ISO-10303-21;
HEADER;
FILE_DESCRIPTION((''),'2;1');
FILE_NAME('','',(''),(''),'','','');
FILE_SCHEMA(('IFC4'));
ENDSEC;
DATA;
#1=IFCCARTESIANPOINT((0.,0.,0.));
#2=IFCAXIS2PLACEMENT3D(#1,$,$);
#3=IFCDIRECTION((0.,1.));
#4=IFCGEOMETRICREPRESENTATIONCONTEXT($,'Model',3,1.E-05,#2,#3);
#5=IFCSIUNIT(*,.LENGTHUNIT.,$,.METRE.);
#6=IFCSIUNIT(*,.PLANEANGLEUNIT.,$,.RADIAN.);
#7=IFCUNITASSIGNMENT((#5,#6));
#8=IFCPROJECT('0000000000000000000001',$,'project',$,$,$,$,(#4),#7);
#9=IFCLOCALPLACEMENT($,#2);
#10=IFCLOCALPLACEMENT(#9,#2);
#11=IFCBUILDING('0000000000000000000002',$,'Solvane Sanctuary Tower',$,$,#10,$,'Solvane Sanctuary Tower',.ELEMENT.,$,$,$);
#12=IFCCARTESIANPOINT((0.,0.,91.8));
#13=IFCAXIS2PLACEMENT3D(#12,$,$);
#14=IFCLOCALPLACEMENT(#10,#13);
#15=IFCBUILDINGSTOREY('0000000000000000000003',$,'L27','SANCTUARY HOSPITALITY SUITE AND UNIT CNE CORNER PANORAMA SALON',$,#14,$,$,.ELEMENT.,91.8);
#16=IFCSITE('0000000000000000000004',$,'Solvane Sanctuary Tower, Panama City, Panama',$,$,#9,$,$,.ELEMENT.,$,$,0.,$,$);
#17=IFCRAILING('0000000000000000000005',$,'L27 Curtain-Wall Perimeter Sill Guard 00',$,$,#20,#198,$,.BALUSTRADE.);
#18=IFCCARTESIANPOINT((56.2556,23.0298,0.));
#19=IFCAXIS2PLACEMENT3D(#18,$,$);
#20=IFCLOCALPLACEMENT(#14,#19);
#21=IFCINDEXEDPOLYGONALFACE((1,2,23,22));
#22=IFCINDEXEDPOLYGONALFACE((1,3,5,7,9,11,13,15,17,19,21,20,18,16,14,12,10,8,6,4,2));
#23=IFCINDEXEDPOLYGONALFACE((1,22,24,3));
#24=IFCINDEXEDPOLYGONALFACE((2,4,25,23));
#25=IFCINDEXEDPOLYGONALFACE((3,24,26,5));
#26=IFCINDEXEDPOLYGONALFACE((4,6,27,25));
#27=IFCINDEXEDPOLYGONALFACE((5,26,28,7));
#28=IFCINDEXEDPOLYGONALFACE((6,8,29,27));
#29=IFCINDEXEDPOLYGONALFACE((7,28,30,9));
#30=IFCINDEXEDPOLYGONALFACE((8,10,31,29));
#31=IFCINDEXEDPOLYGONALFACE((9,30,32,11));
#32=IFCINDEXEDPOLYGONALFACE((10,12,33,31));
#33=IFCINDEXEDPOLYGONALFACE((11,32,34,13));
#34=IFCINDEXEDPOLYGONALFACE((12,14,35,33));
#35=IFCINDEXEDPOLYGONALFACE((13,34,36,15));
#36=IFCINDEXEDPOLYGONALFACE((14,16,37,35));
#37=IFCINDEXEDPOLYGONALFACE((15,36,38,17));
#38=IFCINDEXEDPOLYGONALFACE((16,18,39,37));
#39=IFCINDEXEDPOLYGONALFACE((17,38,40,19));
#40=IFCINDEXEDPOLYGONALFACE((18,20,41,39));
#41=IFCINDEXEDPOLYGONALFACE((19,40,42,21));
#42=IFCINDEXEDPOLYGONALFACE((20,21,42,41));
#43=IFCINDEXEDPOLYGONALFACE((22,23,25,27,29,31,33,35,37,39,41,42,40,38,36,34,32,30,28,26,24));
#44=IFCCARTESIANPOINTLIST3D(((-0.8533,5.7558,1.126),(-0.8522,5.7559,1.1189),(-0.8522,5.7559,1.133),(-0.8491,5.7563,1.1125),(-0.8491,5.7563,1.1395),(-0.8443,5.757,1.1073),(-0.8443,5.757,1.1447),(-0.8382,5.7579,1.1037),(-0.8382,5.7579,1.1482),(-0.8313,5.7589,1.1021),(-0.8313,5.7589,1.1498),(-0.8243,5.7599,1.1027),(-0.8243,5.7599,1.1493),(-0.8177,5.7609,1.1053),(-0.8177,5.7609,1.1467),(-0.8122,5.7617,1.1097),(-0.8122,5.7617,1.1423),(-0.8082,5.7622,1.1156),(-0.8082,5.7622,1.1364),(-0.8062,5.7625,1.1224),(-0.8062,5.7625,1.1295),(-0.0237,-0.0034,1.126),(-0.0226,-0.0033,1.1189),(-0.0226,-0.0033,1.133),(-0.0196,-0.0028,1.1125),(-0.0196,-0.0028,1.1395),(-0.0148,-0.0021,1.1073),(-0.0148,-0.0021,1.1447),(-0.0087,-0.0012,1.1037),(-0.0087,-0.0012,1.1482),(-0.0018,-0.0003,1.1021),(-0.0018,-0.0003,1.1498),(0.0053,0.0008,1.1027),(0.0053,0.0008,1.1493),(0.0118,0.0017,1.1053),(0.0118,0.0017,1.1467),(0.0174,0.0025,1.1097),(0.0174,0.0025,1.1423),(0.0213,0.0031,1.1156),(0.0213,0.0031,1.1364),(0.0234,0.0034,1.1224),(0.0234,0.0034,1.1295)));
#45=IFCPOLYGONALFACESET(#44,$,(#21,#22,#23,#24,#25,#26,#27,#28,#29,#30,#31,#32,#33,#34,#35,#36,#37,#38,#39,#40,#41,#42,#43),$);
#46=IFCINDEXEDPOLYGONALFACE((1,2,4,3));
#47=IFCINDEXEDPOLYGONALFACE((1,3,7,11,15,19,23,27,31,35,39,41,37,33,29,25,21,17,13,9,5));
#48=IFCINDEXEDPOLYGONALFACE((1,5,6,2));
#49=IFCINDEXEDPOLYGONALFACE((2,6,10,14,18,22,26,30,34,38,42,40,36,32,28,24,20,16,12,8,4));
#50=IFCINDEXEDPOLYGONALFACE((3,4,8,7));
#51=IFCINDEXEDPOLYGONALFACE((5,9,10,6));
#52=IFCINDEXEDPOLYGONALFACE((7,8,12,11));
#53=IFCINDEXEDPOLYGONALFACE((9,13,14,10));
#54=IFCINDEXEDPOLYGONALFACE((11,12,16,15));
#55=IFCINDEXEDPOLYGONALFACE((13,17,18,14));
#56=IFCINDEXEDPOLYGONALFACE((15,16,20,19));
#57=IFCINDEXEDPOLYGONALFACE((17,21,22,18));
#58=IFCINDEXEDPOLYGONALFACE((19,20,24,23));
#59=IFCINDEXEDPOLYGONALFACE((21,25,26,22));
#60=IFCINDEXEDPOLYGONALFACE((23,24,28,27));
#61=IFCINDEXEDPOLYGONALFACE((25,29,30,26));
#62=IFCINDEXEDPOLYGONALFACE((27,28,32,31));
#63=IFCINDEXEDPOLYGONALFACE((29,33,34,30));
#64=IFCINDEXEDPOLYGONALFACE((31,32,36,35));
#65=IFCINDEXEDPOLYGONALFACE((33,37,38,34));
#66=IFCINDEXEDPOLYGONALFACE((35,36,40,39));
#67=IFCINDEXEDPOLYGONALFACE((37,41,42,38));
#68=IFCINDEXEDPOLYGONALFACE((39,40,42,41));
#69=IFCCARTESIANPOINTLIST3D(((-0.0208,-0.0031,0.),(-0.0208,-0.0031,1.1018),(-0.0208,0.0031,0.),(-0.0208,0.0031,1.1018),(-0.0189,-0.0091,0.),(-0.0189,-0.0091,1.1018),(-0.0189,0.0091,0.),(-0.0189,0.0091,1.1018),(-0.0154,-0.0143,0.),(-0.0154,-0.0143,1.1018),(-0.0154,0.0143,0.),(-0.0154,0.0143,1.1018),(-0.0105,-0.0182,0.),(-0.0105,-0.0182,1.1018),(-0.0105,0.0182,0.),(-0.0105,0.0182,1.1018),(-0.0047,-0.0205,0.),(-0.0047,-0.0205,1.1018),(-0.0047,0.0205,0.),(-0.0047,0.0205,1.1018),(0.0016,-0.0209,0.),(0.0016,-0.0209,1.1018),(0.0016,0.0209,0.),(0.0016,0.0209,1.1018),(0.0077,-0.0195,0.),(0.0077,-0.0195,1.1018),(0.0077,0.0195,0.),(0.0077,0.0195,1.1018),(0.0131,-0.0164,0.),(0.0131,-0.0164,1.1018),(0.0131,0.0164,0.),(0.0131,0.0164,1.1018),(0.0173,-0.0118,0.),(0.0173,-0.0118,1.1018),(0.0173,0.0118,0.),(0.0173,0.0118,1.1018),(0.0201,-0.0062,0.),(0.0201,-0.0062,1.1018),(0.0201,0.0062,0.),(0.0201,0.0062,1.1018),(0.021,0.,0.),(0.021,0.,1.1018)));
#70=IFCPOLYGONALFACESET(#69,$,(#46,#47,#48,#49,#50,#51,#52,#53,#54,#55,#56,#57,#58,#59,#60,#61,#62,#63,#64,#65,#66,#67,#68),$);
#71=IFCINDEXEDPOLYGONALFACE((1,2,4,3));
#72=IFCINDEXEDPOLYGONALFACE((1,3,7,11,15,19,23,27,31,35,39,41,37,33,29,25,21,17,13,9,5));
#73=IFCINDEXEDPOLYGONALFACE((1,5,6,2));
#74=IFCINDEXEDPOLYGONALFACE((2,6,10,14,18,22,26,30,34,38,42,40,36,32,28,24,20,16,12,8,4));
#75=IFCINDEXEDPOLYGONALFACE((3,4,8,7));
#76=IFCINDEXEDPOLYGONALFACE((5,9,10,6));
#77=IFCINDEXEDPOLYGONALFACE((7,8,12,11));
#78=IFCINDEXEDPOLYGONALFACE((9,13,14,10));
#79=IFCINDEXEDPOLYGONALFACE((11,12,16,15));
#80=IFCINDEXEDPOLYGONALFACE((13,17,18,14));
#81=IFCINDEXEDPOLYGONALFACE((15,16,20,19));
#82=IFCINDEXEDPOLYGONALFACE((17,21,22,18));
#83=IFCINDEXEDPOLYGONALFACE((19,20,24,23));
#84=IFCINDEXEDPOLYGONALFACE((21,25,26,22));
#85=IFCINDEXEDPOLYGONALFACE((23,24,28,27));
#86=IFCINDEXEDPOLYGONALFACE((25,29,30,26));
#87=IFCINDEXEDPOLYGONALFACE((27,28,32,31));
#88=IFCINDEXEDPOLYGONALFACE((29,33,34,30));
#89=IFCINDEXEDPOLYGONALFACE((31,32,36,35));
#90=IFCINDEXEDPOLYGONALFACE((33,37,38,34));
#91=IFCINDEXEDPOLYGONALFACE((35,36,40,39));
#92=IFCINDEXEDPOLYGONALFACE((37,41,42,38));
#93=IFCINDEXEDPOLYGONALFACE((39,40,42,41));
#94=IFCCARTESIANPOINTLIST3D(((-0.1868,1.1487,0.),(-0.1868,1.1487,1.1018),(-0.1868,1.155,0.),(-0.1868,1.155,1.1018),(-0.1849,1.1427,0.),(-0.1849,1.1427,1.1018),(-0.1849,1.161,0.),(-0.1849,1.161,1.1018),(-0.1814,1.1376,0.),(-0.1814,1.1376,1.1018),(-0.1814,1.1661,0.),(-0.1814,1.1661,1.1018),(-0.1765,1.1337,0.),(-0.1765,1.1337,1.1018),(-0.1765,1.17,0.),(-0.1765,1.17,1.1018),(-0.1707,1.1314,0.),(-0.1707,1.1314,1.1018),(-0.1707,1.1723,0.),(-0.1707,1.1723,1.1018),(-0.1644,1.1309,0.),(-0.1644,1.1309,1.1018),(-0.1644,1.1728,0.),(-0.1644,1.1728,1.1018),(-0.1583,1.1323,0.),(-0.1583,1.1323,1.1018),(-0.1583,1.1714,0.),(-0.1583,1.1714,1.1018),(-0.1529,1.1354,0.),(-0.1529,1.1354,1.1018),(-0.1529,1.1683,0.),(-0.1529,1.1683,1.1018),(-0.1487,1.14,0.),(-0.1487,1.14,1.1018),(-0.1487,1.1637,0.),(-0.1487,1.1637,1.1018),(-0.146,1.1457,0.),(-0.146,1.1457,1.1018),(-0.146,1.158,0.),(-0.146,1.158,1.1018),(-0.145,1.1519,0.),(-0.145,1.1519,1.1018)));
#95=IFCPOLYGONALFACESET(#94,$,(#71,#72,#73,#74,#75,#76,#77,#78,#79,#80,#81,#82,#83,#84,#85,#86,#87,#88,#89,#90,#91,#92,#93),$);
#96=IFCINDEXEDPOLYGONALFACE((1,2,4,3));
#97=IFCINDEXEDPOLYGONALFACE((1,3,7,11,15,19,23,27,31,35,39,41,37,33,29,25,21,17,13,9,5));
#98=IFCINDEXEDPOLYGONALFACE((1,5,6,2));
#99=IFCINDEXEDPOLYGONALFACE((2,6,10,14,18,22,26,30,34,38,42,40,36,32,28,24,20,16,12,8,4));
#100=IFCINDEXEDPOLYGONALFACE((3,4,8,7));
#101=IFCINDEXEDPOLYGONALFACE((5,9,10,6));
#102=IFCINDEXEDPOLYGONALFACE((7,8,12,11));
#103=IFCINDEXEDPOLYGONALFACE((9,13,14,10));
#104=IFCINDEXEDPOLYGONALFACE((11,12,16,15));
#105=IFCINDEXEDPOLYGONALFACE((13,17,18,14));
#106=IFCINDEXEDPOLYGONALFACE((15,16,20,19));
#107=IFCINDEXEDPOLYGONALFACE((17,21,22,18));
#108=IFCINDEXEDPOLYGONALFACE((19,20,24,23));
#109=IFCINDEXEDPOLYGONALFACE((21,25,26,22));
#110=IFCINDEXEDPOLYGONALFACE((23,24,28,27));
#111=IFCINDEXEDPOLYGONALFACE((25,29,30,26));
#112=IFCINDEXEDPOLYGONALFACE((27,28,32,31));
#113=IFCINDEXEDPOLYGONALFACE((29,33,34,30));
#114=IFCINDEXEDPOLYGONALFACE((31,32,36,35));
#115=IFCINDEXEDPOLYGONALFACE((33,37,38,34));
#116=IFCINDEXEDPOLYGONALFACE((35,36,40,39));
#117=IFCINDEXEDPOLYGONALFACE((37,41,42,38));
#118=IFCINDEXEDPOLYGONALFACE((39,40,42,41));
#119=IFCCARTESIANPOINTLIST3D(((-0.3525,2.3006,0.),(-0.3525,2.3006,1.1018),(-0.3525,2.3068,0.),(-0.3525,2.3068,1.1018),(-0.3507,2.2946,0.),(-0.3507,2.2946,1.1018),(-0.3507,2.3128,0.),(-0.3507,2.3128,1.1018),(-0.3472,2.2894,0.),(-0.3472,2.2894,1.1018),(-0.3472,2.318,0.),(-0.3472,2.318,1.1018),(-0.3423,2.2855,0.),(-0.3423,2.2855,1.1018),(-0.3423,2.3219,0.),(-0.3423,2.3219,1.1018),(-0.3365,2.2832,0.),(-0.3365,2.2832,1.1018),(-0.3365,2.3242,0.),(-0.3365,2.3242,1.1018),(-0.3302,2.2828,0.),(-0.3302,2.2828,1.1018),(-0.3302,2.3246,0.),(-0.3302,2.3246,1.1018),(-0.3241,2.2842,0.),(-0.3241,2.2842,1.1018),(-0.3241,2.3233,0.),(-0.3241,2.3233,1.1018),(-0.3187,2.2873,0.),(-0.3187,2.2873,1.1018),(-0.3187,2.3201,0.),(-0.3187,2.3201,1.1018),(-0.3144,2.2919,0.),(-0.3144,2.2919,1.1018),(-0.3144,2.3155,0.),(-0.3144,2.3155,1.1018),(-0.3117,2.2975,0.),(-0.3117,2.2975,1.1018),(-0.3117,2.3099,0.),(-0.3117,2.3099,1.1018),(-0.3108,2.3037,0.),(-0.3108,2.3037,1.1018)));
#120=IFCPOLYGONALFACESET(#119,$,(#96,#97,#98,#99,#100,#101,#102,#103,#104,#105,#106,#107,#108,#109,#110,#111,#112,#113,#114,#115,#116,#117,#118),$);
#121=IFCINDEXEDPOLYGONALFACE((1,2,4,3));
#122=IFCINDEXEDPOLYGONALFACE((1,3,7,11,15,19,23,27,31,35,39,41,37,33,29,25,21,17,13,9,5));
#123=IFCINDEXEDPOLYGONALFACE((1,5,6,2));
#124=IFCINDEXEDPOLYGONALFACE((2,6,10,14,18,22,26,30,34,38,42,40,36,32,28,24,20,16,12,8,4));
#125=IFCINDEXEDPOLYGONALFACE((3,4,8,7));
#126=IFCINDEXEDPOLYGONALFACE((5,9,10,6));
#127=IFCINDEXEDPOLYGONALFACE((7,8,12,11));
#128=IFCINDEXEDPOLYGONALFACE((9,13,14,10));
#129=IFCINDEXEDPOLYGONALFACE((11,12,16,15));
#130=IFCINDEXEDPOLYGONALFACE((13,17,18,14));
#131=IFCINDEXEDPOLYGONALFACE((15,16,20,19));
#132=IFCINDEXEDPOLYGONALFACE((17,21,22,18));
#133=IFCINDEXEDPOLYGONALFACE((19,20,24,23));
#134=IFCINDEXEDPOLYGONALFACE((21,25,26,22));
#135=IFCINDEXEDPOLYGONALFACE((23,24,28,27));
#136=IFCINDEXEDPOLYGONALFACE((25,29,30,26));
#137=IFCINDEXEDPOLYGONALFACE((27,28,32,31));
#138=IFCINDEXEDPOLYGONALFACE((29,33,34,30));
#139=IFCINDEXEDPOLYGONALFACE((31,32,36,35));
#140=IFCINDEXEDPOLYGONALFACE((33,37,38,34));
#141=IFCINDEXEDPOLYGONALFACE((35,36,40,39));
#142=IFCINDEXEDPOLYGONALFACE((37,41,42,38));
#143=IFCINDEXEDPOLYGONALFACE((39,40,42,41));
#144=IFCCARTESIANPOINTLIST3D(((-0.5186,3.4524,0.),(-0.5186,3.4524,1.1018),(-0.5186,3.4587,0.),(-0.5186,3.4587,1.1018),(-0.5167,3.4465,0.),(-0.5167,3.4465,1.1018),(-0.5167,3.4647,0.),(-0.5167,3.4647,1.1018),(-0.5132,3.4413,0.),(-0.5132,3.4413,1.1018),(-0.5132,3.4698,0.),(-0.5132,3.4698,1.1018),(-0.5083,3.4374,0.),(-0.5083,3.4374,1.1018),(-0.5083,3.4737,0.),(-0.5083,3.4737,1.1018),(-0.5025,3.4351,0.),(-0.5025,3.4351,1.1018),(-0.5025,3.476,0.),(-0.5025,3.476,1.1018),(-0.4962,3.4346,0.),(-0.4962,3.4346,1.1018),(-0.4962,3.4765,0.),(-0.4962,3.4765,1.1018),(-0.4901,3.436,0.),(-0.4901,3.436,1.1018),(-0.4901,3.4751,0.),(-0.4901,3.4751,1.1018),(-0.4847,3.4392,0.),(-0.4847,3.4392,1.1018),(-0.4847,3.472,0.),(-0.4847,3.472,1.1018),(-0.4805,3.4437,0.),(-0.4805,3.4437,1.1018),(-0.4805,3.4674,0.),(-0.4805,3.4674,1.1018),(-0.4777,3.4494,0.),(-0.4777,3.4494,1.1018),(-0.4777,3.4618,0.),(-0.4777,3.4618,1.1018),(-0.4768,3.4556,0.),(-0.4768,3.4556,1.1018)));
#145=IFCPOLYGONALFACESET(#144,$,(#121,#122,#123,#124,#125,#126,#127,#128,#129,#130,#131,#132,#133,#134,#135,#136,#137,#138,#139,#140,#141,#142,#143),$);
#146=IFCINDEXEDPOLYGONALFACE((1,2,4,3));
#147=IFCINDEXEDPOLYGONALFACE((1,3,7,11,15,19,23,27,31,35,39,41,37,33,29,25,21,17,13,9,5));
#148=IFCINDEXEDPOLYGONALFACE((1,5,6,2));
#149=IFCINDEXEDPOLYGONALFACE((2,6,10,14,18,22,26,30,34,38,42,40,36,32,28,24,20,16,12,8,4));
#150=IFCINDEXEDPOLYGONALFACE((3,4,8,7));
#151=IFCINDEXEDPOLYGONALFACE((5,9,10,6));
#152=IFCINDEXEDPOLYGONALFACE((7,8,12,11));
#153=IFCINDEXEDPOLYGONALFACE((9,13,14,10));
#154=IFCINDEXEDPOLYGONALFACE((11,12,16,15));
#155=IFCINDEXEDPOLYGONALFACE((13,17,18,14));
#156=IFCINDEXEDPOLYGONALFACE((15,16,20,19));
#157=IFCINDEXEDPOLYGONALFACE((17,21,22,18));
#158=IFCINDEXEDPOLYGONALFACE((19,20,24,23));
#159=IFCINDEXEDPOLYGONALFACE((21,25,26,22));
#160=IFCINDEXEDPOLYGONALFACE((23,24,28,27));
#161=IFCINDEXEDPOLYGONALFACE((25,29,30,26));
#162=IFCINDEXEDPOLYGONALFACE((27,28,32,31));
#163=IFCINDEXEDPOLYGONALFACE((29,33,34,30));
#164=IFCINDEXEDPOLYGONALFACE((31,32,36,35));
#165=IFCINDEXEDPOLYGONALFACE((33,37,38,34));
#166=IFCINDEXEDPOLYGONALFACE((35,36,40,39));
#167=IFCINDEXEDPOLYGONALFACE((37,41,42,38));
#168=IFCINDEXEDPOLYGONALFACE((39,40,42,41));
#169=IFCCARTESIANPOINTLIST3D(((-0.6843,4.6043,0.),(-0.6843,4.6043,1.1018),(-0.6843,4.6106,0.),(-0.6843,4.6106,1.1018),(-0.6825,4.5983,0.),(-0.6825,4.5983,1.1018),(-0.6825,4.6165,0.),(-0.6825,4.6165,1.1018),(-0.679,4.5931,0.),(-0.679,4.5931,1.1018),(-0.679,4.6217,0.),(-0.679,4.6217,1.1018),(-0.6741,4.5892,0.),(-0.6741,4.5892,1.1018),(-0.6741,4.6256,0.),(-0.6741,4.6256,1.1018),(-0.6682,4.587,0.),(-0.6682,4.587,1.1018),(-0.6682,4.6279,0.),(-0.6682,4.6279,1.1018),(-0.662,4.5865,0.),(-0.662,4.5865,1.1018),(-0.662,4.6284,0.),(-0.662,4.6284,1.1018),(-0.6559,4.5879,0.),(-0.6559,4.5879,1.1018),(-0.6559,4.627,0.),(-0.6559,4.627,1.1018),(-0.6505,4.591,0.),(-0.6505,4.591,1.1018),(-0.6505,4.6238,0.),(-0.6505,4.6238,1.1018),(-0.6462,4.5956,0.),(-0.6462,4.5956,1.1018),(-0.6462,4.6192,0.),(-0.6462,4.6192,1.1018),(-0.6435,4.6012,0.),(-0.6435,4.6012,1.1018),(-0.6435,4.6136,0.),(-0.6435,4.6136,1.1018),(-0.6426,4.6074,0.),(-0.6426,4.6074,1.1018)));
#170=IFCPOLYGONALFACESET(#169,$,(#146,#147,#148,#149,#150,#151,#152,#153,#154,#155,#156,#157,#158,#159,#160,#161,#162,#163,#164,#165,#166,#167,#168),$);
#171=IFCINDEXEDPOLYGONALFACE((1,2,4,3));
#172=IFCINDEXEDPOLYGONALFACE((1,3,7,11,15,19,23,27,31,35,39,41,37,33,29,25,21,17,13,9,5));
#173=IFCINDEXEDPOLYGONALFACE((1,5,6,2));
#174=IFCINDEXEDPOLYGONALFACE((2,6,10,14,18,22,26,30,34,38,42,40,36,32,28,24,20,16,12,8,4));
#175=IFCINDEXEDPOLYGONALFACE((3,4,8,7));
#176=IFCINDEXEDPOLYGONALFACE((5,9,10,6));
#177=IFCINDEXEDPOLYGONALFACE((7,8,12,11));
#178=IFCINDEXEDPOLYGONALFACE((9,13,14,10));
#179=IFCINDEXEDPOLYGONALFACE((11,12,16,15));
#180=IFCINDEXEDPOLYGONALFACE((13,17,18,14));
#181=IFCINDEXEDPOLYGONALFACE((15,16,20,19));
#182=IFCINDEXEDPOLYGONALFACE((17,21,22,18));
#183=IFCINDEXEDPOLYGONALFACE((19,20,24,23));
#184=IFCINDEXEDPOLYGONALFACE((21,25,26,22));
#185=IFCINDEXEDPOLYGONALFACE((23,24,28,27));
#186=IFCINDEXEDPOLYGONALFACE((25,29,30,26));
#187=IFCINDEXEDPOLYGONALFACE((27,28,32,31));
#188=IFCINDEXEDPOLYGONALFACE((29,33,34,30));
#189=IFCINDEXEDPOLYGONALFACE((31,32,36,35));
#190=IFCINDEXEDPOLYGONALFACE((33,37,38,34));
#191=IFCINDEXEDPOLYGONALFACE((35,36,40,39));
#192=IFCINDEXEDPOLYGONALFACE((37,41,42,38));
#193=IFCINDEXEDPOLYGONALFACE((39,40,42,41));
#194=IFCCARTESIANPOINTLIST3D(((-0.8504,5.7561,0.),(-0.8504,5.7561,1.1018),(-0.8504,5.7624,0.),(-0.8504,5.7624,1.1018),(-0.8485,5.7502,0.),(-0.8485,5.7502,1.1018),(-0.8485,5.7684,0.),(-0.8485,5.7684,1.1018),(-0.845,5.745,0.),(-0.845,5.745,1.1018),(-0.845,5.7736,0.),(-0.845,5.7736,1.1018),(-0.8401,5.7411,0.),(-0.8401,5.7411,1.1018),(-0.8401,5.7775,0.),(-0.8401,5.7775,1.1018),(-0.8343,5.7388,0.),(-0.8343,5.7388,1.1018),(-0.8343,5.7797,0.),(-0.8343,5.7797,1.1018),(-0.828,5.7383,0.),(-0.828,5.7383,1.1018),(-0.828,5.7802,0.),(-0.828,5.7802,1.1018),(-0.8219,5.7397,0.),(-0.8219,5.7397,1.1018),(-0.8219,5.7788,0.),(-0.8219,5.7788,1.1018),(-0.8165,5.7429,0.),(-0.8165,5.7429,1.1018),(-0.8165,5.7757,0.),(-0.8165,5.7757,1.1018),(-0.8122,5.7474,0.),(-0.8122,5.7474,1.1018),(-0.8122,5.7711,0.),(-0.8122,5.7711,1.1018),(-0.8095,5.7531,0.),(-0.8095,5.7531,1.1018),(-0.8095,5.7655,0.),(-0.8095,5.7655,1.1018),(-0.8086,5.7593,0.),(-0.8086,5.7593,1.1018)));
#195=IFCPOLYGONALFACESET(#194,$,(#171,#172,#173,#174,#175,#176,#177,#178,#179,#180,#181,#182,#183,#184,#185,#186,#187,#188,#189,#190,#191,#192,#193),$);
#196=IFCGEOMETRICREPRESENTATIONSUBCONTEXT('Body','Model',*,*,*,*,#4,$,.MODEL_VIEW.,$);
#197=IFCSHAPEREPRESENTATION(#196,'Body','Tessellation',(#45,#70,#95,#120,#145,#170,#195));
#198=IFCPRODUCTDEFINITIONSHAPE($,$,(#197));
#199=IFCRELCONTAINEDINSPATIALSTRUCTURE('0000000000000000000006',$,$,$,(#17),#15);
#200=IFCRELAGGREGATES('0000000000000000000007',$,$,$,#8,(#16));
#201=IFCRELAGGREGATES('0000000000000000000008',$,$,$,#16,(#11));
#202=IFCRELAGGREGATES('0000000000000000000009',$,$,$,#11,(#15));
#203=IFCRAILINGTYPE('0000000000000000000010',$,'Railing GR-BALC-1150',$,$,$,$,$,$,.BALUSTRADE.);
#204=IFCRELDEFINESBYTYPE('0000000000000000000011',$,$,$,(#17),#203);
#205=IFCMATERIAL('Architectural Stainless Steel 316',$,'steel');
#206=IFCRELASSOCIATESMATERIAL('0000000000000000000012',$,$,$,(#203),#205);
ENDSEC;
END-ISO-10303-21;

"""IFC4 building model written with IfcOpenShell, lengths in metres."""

from ifc_helpers import new_model, si_unit, direction, frame, origin, origin_2d, place, context, subcontext, project, spatial, circle, extrude, material, type_object, element, save


model = new_model("IFC4")

# Units and contexts
model_context = context("Model", 3, precision=1e-05, world=origin(), true_north=direction((0.0, 1.0)))
body_context = subcontext(model_context, "Body", "Model", "MODEL_VIEW")
ifc_project = project(units=[si_unit("LENGTHUNIT", "METRE"), si_unit("PLANEANGLEUNIT", "RADIAN")], contexts=[model_context])

# Site, building, storey
site_placement = place(None, origin())
site = spatial("IfcSite", under=ifc_project, at=site_placement, Name="Solvane Sanctuary Tower, Panama City, Panama", CompositionType="ELEMENT", RefElevation=0.0)
building_placement = place(site_placement, origin())
building = spatial("IfcBuilding", under=site, at=building_placement, Name="Solvane Sanctuary Tower", LongName="Solvane Sanctuary Tower", CompositionType="ELEMENT")
storey_placement = place(building_placement, frame((0.0, 0.0, 91.8)))
storey = spatial("IfcBuildingStorey", under=building, at=storey_placement, Name="L27", Description="SANCTUARY HOSPITALITY SUITE AND UNIT CNE CORNER PANORAMA SALON", CompositionType="ELEMENT", Elevation=91.8)

# Railing
ifc_material_1 = material(Name="Architectural Stainless Steel 316", Category="steel")
railing_type = type_object("IfcRailingType", Name="Railing GR-BALC-1150", PredefinedType="BALUSTRADE", material=ifc_material_1)
railing_1_placement = place(storey_placement, frame((56.2556, 23.0298, 0.0)))
element("IfcRailing", 1, at=railing_1_placement, inside=storey, type_object=railing_type, Name="L27 Curtain-Wall Perimeter Sill Guard 00", PredefinedType="BALUSTRADE", context=body_context, shape_type="SweptSolid", body=[
    extrude(circle(Radius=0.0239, at=origin_2d()), frame((0.0, 0.0, 1.126), z_axis=(-0.142573, 0.989784, 0.0), x_axis=(-0.989784, -0.142573, 0.0)), (0.0, 0.0, 1.0), 5.8186),
    extrude(circle(Radius=0.021, at=origin_2d()), origin(), (0.0, 0.0, 1.0), 1.1018),
    extrude(circle(Radius=0.021, at=origin_2d()), frame((-0.166, 1.1519, 0.0)), (0.0, 0.0, 1.0), 1.1018),
    extrude(circle(Radius=0.021, at=origin_2d()), frame((-0.3318, 2.3037, 0.0)), (0.0, 0.0, 1.0), 1.1018),
    extrude(circle(Radius=0.021, at=origin_2d()), frame((-0.4978, 3.4556, 0.0)), (0.0, 0.0, 1.0), 1.1018),
    extrude(circle(Radius=0.021, at=origin_2d()), frame((-0.6636, 4.6074, 0.0)), (0.0, 0.0, 1.0), 1.1018),
    extrude(circle(Radius=0.021, at=origin_2d()), frame((-0.8296, 5.7593, 0.0)), (0.0, 0.0, 1.0), 1.1018),
])

save(model, "model.ifc")
